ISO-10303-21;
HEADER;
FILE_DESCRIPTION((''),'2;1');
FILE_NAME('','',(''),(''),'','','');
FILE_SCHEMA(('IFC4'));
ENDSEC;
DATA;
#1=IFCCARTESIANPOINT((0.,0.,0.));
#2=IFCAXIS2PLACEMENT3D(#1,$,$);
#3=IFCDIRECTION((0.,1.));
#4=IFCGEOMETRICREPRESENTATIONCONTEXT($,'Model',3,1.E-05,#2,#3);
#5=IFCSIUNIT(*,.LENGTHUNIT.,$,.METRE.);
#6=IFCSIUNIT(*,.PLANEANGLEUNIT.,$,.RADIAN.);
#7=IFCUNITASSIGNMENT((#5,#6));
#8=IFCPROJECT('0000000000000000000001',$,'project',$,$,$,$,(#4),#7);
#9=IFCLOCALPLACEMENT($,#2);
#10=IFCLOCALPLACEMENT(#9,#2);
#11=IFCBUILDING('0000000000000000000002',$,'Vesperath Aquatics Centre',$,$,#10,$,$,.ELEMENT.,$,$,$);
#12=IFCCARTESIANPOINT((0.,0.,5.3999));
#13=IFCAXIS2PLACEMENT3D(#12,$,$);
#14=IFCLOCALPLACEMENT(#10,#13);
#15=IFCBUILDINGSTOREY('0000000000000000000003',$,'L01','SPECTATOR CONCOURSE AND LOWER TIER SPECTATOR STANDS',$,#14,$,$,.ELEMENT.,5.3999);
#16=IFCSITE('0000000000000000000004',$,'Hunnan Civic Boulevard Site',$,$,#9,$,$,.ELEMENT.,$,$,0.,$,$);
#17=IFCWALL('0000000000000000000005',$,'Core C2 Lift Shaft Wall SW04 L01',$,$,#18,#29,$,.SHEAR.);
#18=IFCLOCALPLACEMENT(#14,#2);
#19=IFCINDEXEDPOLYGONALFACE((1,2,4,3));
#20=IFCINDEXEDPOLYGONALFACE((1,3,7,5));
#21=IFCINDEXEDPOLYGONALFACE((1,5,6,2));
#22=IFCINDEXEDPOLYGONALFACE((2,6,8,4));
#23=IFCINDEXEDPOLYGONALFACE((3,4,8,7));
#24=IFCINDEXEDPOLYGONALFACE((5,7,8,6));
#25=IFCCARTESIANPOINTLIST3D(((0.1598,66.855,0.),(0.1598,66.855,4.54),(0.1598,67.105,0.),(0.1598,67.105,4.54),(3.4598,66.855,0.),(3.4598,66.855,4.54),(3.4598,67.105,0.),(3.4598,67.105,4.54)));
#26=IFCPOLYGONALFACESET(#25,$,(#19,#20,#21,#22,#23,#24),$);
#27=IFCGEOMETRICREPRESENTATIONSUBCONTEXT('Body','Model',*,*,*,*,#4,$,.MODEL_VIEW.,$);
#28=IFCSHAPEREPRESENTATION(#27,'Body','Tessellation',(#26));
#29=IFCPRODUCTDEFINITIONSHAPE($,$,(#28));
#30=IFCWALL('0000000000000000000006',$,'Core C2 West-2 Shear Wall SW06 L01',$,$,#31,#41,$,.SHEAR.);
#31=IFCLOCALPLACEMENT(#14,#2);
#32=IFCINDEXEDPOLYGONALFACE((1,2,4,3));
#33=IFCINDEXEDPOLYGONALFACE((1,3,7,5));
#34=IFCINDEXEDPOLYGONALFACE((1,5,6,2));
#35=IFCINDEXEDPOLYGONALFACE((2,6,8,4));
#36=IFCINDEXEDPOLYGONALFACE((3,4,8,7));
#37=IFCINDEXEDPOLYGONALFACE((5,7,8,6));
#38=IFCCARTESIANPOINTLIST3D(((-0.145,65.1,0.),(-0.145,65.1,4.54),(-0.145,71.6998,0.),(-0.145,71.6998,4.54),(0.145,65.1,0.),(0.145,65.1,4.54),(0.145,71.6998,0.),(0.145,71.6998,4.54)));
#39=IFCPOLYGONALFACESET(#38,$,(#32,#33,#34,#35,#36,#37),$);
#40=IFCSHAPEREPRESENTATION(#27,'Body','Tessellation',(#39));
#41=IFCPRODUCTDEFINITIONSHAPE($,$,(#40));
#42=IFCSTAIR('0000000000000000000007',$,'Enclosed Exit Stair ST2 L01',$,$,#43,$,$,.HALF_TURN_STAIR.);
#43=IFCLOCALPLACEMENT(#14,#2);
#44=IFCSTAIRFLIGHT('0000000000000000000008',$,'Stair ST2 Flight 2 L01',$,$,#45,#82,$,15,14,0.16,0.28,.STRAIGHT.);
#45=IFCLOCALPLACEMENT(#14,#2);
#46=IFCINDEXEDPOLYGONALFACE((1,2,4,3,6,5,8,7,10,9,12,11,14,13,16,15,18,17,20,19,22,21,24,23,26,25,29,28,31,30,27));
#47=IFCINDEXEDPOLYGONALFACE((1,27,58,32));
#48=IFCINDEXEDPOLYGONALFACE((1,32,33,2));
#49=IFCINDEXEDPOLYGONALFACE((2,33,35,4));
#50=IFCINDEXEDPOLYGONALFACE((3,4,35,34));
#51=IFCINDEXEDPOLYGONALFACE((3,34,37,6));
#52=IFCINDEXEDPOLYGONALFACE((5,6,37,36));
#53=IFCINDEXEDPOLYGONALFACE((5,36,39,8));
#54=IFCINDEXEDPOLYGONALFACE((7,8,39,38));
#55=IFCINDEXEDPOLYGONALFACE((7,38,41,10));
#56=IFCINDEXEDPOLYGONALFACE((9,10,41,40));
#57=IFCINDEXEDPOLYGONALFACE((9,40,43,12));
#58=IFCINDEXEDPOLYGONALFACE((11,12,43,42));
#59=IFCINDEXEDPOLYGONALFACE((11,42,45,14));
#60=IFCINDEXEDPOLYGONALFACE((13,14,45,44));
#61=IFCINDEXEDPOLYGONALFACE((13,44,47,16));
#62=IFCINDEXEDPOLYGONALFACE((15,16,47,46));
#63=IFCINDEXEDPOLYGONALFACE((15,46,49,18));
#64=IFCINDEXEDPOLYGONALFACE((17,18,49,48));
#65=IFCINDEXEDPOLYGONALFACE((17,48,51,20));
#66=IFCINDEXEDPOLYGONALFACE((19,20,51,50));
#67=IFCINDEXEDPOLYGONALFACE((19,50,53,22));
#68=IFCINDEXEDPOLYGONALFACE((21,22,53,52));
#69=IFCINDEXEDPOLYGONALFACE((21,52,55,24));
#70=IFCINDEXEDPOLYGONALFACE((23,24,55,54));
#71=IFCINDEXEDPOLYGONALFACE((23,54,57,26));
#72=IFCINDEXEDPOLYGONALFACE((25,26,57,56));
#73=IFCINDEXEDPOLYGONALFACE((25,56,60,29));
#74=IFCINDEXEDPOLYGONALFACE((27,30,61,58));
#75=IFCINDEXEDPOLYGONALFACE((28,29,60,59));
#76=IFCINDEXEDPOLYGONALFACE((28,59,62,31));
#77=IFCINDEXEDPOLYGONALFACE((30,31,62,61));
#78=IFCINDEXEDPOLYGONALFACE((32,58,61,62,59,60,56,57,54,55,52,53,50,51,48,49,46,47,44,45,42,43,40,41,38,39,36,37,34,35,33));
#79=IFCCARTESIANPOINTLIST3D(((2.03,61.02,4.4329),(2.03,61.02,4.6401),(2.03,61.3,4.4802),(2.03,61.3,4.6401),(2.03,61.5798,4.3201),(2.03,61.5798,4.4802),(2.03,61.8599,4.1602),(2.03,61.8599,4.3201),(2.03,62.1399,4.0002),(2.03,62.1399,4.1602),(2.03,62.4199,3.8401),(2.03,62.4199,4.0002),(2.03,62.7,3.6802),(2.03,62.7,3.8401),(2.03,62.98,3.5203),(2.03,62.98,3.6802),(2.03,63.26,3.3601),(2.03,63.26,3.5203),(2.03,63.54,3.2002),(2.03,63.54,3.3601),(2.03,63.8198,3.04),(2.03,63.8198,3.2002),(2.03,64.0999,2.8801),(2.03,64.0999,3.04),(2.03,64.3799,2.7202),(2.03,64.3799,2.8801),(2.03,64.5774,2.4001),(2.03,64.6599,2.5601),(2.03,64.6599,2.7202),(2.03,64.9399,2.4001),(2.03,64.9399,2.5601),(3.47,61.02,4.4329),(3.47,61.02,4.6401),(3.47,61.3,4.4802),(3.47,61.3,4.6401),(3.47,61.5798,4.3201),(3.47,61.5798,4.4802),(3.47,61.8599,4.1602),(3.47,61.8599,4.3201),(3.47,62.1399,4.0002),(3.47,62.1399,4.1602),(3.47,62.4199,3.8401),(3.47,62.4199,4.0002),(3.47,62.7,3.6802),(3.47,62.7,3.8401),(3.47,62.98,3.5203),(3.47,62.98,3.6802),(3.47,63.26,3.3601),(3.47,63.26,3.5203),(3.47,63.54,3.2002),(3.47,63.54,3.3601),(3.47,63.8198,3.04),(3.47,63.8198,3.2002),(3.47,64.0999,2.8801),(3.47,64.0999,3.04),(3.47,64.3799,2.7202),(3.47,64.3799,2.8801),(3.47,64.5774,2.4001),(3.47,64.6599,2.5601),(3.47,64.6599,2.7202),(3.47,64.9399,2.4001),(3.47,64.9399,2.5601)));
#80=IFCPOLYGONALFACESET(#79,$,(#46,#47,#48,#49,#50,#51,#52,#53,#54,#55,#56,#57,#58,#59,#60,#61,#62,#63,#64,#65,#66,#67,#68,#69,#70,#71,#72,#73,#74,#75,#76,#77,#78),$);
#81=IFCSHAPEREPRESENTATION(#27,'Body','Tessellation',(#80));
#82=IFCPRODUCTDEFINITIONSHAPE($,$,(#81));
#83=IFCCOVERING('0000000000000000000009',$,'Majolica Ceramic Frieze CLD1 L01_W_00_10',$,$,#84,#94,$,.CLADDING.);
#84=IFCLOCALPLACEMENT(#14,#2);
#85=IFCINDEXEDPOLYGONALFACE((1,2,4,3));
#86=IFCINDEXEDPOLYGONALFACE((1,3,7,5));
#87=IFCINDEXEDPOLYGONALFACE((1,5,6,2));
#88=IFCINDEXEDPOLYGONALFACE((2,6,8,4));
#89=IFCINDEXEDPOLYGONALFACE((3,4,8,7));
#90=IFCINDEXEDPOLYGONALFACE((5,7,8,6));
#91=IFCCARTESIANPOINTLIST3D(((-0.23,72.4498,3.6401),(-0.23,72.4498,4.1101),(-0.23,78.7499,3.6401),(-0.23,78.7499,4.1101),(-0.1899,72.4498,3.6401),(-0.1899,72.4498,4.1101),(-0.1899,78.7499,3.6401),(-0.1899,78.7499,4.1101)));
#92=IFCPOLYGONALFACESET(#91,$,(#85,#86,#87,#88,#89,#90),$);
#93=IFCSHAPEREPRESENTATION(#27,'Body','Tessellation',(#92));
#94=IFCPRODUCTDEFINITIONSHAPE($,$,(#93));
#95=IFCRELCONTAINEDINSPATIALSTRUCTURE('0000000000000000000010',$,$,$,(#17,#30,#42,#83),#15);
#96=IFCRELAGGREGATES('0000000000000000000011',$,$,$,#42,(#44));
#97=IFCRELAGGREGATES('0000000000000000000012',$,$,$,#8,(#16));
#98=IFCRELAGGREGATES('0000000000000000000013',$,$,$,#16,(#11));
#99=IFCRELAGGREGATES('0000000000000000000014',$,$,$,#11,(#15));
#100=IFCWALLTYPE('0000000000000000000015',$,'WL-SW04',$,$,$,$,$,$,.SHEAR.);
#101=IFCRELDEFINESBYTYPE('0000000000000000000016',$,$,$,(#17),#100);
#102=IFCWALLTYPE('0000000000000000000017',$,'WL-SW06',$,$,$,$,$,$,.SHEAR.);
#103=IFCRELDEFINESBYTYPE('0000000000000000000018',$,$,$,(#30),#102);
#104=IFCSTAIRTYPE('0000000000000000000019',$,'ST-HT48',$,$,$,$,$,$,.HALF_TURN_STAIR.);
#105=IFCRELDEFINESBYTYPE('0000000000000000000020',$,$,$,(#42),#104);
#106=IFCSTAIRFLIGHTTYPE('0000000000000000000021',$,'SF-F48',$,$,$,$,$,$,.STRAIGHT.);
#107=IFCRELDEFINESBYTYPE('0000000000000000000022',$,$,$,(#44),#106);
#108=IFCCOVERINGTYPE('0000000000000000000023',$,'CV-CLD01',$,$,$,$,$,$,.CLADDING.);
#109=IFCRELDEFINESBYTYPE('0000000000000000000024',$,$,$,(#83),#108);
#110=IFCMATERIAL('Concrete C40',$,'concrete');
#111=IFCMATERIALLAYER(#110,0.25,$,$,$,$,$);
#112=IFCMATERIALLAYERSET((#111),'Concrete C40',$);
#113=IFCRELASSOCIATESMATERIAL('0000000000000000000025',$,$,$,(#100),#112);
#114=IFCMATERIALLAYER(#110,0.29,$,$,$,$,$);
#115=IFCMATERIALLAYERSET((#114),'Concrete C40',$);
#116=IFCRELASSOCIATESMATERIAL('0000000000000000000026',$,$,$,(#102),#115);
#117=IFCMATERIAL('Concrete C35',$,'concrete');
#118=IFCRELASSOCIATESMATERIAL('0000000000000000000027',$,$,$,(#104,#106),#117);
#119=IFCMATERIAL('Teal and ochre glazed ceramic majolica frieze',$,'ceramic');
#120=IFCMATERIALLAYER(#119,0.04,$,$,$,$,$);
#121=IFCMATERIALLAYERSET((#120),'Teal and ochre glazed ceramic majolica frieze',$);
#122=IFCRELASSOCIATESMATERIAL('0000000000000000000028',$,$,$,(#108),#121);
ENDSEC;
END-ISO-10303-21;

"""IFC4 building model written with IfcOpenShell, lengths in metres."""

from ifc_helpers import new_model, si_unit, direction, frame, frame_2d, origin, place, context, subcontext, project, spatial, polyline, rectangle, outline, extrude, material, layer, layer_set, type_object, element, aggregate, save


model = new_model("IFC4")

# Units and contexts
model_context = context("Model", 3, precision=1e-05, world=origin(), true_north=direction((0.0, 1.0)))
body_context = subcontext(model_context, "Body", "Model", "MODEL_VIEW")
ifc_project = project(units=[si_unit("LENGTHUNIT", "METRE"), si_unit("PLANEANGLEUNIT", "RADIAN")], contexts=[model_context])

# Site, building, storey
site_placement = place(None, origin())
site = spatial("IfcSite", under=ifc_project, at=site_placement, Name="Hunnan Civic Boulevard Site", CompositionType="ELEMENT", RefElevation=0.0)
building_placement = place(site_placement, origin())
building = spatial("IfcBuilding", under=site, at=building_placement, Name="Vesperath Aquatics Centre", CompositionType="ELEMENT")
storey_placement = place(building_placement, frame((0.0, 0.0, 5.3999)))
storey = spatial("IfcBuildingStorey", under=building, at=storey_placement, Name="L01", Description="SPECTATOR CONCOURSE AND LOWER TIER SPECTATOR STANDS", CompositionType="ELEMENT", Elevation=5.3999)

# Shared definitions
ifc_material_1 = material(Name="Concrete C40", Category="concrete")

# Shared definitions
ifc_material_2 = material(Name="Concrete C35", Category="concrete")

# Walls
ifc_layer_1 = layer(ifc_material_1, 0.25)
ifc_layer_set_1 = layer_set([ifc_layer_1], Name="Concrete C40")
wall_type_1 = type_object("IfcWallType", Name="WL-SW04", PredefinedType="SHEAR", material=ifc_layer_set_1)
wall_1_placement = place(storey_placement, frame((0.1599, 66.98, 0.0), z_axis=(0.0, 0.0, 1.0), x_axis=(1.0, 0.0, 0.0)))
element("IfcWall", 1, at=wall_1_placement, inside=storey, type_object=wall_type_1, Name="Core C2 Lift Shaft Wall SW04 L01", PredefinedType="SHEAR", context=body_context, shape_type="SweptSolid", body=[
    extrude(rectangle(XDim=3.3, YDim=0.25, at=frame_2d((1.6499, 0.0))), origin(), (0.0, 0.0, 1.0), 4.54),
])
ifc_layer_2 = layer(ifc_material_1, 0.29)
ifc_layer_set_2 = layer_set([ifc_layer_2], Name="Concrete C40")
wall_type_2 = type_object("IfcWallType", Name="WL-SW06", PredefinedType="SHEAR", material=ifc_layer_set_2)
wall_2_placement = place(storey_placement, frame((0.0, 65.1001, 0.0), z_axis=(0.0, 0.0, 1.0), x_axis=(0.0, 1.0, 0.0)))
element("IfcWall", 2, at=wall_2_placement, inside=storey, type_object=wall_type_2, Name="Core C2 West-2 Shear Wall SW06 L01", PredefinedType="SHEAR", context=body_context, shape_type="SweptSolid", body=[
    extrude(rectangle(XDim=6.5999, YDim=0.29, at=frame_2d((3.2998, 0.0))), origin(), (0.0, 0.0, 1.0), 4.54),
])

# Stair, stair flight
stair_type = type_object("IfcStairType", Name="ST-HT48", PredefinedType="HALF_TURN_STAIR", material=ifc_material_2)
stair_placement = place(storey_placement, origin())
stair = element("IfcStair", 3, at=stair_placement, inside=storey, type_object=stair_type, Name="Enclosed Exit Stair ST2 L01", PredefinedType="HALF_TURN_STAIR")
stair_flight_type = type_object("IfcStairFlightType", Name="SF-F48", PredefinedType="STRAIGHT", material=ifc_material_2)
stair_flight_placement = place(storey_placement, frame((2.75, 64.9399, 2.4001), z_axis=(0.0, 0.0, 1.0), x_axis=(0.0, -1.0, 0.0)))
stair_flight = element("IfcStairFlight", 4, at=stair_flight_placement, type_object=stair_flight_type, Name="Stair ST2 Flight 2 L01", NumberOfRisers=15, NumberOfTreads=14, PredefinedType="STRAIGHT", RiserHeight=0.16, TreadLength=0.28, context=body_context, shape_type="SweptSolid", body=[
    extrude(outline(polyline([(0.0, 0.0), (0.0, 0.1599), (0.28, 0.1599), (0.28, 0.3201), (0.5601, 0.3201), (0.5601, 0.48), (0.8401, 0.48), (0.8401, 0.6399), (1.1201, 0.6399), (1.1201, 0.8), (1.3999, 0.8), (1.3999, 0.96), (1.6799, 0.96), (1.6799, 1.1201), (1.96, 1.1201), (1.96, 1.28), (2.24, 1.28), (2.24, 1.4399), (2.52, 1.4399), (2.52, 1.6001), (2.8, 1.6001), (2.8, 1.76), (3.0801, 1.76), (3.0801, 1.9199), (3.3601, 1.9199), (3.3601, 2.0801), (3.6399, 2.0801), (3.6399, 2.24), (3.9199, 2.24), (3.9199, 2.3999), (3.9199, 2.0327), (0.3625, 0.0), (0.0, 0.0)])), frame((0.0, 0.72, 0.0), z_axis=(0.0, -1.0, 0.0), x_axis=(1.0, 0.0, 0.0)), (0.0, 0.0, 1.0), 1.4399),
])
aggregate(stair, [stair_flight])

# Covering
ifc_material_3 = material(Name="Teal and ochre glazed ceramic majolica frieze", Category="ceramic")
ifc_layer_3 = layer(ifc_material_3, 0.04)
ifc_layer_set_3 = layer_set([ifc_layer_3], Name="Teal and ochre glazed ceramic majolica frieze")
covering_type = type_object("IfcCoveringType", Name="CV-CLD01", PredefinedType="CLADDING", material=ifc_layer_set_3)
covering_placement = place(storey_placement, frame((-0.21, 72.45, 3.6401), z_axis=(0.0, 0.0, 1.0), x_axis=(0.0, 1.0, 0.0)))
element("IfcCovering", 5, at=covering_placement, inside=storey, type_object=covering_type, Name="Majolica Ceramic Frieze CLD1 L01_W_00_10", PredefinedType="CLADDING", context=body_context, shape_type="SweptSolid", body=[
    extrude(rectangle(XDim=6.3, YDim=0.04, at=frame_2d((3.1499, 0.0))), origin(), (0.0, 0.0, 1.0), 0.47),
])

save(model, "model.ifc")
